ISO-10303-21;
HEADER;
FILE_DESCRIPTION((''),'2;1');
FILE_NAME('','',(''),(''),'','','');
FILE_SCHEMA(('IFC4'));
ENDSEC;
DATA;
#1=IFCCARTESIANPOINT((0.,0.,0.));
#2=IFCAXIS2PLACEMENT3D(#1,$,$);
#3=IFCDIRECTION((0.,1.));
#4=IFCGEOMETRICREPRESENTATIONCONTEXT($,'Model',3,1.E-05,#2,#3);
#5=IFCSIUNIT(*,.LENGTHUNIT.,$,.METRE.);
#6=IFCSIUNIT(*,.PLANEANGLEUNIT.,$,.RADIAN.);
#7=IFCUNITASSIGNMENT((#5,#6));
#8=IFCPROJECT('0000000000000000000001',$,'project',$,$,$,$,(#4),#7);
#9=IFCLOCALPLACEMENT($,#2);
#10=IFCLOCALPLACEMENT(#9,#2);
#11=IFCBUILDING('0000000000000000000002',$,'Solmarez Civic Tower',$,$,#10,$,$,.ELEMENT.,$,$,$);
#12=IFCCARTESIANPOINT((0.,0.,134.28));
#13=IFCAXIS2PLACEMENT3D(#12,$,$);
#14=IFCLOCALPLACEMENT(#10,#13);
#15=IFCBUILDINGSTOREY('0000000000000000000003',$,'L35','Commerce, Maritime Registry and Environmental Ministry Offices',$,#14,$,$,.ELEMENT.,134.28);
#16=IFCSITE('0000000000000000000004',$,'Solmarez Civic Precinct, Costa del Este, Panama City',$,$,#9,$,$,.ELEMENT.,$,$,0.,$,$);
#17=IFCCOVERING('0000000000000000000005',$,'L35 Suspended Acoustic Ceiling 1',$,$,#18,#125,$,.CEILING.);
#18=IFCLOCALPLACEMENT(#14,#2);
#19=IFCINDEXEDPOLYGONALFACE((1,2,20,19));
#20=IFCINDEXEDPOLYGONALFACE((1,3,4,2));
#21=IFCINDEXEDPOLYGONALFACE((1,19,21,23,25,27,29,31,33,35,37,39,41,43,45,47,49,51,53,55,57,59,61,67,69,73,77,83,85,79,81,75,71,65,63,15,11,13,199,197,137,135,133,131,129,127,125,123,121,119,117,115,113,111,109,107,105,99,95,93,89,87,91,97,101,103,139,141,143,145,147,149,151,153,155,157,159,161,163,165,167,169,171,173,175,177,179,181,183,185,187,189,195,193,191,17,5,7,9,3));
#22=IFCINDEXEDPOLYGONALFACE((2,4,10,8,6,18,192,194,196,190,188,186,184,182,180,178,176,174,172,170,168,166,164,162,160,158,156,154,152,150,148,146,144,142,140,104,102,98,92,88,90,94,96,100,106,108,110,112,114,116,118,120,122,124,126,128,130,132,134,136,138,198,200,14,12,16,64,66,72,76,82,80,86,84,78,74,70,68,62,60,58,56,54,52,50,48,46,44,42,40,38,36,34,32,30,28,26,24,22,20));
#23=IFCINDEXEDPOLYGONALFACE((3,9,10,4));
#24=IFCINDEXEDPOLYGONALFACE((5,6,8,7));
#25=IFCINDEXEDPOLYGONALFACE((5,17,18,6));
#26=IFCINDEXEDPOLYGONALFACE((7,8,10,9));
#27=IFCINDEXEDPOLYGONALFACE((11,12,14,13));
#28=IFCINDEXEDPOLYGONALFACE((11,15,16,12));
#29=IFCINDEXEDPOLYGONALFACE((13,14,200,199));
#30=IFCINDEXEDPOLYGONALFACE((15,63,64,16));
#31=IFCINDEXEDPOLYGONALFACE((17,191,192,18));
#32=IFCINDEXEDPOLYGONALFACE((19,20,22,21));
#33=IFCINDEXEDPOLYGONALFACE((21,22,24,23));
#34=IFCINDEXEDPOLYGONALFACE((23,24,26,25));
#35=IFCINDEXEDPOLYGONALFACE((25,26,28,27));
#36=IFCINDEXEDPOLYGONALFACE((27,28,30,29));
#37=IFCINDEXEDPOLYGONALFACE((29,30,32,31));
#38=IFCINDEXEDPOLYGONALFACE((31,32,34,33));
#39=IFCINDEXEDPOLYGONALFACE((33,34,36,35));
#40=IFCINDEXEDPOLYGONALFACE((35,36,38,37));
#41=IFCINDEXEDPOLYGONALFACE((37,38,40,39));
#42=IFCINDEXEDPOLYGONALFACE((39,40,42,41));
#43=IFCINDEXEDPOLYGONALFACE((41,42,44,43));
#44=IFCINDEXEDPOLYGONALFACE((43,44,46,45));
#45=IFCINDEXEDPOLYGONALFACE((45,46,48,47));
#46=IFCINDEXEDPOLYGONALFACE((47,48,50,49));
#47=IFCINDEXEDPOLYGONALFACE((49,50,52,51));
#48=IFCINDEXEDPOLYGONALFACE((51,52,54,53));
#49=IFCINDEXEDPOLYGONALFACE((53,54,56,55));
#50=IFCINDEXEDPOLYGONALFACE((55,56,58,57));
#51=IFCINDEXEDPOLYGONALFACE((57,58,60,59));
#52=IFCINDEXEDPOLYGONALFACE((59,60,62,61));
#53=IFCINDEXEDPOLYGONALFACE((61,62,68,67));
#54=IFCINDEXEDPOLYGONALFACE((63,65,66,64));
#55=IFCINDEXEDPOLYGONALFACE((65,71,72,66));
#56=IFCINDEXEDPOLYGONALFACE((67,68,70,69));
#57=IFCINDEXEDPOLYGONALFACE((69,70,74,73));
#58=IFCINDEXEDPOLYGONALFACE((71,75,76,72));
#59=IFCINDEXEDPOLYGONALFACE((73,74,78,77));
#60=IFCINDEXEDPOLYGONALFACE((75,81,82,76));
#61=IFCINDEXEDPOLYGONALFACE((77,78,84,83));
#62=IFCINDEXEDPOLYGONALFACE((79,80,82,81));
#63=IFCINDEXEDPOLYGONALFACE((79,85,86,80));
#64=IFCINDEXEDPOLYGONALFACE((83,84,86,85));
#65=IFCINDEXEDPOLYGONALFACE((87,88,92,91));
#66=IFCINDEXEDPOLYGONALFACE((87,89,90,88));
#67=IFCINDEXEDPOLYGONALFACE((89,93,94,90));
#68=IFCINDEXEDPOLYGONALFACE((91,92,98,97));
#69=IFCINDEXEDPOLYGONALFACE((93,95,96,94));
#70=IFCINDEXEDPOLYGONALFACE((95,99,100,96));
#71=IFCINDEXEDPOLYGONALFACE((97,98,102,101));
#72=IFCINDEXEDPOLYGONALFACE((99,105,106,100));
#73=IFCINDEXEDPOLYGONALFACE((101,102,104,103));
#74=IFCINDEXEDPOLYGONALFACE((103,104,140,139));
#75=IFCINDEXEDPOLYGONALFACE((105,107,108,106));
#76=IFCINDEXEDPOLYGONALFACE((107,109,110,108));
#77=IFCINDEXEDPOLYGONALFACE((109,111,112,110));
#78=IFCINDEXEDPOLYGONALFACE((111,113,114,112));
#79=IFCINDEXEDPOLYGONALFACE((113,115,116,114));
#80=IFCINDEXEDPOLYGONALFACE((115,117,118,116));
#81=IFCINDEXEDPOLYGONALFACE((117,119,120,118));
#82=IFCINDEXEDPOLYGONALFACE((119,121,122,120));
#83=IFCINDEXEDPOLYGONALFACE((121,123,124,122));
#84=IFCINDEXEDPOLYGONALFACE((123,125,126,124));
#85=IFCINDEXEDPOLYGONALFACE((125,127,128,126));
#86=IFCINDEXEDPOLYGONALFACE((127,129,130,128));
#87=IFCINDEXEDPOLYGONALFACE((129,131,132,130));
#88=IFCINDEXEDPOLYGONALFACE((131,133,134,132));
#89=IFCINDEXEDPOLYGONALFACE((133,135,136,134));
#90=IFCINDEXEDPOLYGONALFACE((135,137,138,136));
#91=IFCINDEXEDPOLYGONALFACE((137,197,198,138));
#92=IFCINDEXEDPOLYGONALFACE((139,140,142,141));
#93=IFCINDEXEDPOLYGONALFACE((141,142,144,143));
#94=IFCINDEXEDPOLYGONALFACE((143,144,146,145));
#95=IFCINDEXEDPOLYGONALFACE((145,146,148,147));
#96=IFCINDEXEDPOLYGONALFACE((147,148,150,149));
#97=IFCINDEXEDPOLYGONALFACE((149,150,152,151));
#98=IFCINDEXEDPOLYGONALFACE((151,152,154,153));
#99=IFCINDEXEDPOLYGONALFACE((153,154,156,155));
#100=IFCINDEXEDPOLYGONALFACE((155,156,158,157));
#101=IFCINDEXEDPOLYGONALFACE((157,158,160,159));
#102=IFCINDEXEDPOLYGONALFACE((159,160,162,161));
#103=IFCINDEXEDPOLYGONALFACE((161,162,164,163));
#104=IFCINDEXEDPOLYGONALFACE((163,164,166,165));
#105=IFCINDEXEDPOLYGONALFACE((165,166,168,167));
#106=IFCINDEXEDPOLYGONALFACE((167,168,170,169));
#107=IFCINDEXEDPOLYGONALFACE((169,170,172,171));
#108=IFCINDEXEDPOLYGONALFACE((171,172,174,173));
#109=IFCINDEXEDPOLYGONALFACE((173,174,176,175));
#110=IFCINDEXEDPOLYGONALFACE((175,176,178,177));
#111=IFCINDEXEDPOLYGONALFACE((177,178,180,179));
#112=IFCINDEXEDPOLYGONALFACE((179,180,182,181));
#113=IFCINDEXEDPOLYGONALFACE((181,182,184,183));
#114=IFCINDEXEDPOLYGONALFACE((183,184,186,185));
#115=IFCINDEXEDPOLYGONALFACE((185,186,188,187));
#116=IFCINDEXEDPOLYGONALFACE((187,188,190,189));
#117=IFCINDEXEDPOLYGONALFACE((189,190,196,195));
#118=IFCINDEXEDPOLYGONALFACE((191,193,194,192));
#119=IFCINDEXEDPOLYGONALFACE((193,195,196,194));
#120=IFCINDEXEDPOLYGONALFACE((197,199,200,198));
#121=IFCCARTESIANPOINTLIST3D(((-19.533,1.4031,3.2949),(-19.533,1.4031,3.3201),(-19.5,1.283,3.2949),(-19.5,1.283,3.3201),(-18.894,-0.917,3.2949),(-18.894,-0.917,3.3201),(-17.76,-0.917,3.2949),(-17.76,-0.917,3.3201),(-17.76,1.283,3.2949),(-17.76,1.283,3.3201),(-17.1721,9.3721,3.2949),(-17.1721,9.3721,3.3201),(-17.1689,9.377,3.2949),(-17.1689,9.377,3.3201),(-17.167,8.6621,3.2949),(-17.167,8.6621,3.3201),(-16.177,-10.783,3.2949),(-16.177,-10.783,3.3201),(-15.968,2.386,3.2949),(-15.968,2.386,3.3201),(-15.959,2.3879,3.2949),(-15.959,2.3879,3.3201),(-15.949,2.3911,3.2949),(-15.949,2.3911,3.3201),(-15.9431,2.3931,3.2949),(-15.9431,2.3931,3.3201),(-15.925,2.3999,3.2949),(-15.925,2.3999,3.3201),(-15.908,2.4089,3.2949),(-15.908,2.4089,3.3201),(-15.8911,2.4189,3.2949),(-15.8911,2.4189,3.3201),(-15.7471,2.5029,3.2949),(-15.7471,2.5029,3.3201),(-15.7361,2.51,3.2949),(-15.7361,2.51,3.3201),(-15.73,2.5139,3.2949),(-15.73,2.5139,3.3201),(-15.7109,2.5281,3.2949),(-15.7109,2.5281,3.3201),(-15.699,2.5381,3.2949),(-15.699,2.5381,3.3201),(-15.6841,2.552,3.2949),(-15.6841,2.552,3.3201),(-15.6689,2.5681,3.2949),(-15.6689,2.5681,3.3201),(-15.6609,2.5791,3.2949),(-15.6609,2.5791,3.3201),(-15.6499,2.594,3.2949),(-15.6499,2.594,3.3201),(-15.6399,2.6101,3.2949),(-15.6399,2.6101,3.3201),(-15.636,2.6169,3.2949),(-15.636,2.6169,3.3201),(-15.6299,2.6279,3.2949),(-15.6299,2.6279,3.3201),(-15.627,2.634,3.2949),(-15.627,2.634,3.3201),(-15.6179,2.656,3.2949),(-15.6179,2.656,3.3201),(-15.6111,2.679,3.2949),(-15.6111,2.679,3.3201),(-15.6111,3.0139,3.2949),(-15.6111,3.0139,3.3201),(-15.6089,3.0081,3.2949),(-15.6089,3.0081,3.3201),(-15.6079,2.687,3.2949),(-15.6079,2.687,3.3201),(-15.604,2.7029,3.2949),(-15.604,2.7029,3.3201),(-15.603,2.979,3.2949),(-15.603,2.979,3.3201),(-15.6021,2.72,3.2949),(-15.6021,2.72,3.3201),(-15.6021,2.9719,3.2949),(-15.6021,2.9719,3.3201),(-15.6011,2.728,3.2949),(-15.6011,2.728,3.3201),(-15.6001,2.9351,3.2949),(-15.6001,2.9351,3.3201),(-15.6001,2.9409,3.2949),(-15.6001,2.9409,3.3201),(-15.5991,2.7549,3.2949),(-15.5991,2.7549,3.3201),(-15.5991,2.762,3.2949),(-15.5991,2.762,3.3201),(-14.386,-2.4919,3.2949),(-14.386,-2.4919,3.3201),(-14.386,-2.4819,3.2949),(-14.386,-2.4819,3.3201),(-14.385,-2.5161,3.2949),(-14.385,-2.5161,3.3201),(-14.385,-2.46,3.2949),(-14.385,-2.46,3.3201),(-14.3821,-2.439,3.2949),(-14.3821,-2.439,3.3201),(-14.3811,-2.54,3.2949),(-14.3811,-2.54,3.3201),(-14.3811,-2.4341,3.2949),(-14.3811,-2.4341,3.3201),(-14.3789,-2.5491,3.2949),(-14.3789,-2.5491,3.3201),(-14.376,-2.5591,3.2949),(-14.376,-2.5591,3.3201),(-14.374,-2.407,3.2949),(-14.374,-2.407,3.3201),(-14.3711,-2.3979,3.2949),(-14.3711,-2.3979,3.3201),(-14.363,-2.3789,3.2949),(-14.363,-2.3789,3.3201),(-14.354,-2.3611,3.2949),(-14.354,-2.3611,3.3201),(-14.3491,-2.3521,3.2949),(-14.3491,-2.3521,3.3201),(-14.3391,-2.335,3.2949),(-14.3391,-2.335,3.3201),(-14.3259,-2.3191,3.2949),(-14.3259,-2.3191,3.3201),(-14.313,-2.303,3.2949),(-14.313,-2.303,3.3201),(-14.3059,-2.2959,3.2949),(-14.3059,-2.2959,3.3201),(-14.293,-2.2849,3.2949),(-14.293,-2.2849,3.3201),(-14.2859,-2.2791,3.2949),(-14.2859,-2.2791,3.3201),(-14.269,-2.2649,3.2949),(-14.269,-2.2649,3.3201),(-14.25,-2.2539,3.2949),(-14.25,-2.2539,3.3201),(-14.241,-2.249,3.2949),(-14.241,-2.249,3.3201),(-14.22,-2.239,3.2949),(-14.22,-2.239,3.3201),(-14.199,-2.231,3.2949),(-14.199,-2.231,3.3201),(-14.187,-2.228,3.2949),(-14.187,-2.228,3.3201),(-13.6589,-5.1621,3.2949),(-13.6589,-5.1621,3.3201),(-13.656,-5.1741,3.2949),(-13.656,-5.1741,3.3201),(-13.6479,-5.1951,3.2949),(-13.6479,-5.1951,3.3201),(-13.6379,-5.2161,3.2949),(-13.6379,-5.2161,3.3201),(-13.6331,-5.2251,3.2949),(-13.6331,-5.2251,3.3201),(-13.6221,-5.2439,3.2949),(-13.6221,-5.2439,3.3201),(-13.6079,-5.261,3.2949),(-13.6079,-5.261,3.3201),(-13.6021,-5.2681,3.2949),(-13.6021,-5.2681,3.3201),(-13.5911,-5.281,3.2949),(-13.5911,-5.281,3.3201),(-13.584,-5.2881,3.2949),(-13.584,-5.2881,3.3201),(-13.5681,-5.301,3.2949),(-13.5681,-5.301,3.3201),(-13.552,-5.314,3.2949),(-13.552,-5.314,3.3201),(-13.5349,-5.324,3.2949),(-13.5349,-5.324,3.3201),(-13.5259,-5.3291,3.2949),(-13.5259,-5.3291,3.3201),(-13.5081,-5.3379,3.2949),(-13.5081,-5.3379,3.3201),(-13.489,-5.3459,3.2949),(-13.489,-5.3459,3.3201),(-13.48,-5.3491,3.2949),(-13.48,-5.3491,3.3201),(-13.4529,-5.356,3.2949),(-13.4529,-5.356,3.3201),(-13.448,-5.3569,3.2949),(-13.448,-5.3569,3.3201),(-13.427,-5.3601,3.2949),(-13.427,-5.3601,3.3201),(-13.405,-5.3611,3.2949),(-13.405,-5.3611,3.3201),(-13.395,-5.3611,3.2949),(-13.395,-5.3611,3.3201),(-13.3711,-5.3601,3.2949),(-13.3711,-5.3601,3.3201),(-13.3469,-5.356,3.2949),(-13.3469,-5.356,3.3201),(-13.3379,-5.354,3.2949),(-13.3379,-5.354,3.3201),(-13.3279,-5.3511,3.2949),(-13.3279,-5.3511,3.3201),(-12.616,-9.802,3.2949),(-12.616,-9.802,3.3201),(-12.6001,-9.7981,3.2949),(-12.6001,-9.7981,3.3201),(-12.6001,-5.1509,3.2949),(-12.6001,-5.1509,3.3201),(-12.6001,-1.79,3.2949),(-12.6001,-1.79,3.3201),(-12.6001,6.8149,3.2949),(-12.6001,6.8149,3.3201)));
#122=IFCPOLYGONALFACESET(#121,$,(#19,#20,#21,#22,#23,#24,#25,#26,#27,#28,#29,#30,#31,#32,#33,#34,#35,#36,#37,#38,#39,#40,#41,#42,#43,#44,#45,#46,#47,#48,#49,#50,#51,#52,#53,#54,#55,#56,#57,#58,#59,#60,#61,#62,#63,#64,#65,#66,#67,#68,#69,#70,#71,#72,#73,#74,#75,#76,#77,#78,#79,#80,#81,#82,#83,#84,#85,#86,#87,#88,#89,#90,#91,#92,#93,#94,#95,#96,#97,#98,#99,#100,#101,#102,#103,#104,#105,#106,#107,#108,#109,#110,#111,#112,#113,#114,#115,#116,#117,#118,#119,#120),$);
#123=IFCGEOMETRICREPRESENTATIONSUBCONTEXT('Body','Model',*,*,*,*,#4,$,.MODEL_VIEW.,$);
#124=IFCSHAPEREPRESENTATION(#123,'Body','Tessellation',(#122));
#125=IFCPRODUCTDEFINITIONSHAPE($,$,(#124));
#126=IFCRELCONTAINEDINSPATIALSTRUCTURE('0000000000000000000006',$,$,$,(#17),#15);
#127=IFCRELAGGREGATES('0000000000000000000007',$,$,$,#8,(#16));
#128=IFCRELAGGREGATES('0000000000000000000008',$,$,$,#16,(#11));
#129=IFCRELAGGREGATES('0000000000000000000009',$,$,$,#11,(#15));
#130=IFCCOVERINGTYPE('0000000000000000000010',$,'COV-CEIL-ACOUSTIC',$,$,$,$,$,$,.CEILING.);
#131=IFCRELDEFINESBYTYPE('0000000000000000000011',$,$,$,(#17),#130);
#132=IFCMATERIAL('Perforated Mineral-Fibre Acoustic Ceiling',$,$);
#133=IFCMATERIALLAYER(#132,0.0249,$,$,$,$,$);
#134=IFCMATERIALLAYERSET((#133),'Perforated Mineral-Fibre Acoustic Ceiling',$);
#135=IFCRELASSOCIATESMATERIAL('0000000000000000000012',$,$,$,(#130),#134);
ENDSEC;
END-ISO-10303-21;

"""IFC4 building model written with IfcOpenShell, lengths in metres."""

from ifc_helpers import new_model, si_unit, direction, frame, origin, place, context, subcontext, project, spatial, polyline, outline, extrude, material, layer, layer_set, type_object, element, save


model = new_model("IFC4")

# Units and contexts
model_context = context("Model", 3, precision=1e-05, world=origin(), true_north=direction((0.0, 1.0)))
body_context = subcontext(model_context, "Body", "Model", "MODEL_VIEW")
ifc_project = project(units=[si_unit("LENGTHUNIT", "METRE"), si_unit("PLANEANGLEUNIT", "RADIAN")], contexts=[model_context])

# Site, building, storey
site_placement = place(None, origin())
site = spatial("IfcSite", under=ifc_project, at=site_placement, Name="Solmarez Civic Precinct, Costa del Este, Panama City", CompositionType="ELEMENT", RefElevation=0.0)
building_placement = place(site_placement, origin())
building = spatial("IfcBuilding", under=site, at=building_placement, Name="Solmarez Civic Tower", CompositionType="ELEMENT")
storey_placement = place(building_placement, frame((0.0, 0.0, 134.28)))
storey = spatial("IfcBuildingStorey", under=building, at=storey_placement, Name="L35", Description="Commerce, Maritime Registry and Environmental Ministry Offices", CompositionType="ELEMENT", Elevation=134.28)

# Covering
ifc_material_1 = material(Name="Perforated Mineral-Fibre Acoustic Ceiling")
ifc_layer_1 = layer(ifc_material_1, 0.0249)
ifc_layer_set_1 = layer_set([ifc_layer_1], Name="Perforated Mineral-Fibre Acoustic Ceiling")
covering_type_1 = type_object("IfcCoveringType", Name="COV-CEIL-ACOUSTIC", PredefinedType="CEILING", material=ifc_layer_set_1)
covering_1_placement = place(storey_placement, frame((0.0, 0.0, 3.2949)))
element("IfcCovering", 1, at=covering_1_placement, inside=storey, type_object=covering_type_1, Name="L35 Suspended Acoustic Ceiling 1", PredefinedType="CEILING", context=body_context, shape_type="SweptSolid", body=[
    extrude(outline(polyline([(-16.177, -10.783), (-12.616, -9.802), (-12.6001, -9.7981), (-12.6001, -5.1509), (-13.3279, -5.3511), (-13.3379, -5.354), (-13.3469, -5.356), (-13.3711, -5.3601), (-13.395, -5.3611), (-13.405, -5.3611), (-13.427, -5.3601), (-13.448, -5.3569), (-13.4529, -5.356), (-13.48, -5.3491), (-13.489, -5.3459), (-13.5081, -5.3379), (-13.5259, -5.3291), (-13.5349, -5.324), (-13.552, -5.314), (-13.5681, -5.301), (-13.584, -5.2881), (-13.5911, -5.281), (-13.6021, -5.2681), (-13.6079, -5.261), (-13.6221, -5.2439), (-13.6331, -5.2251), (-13.6379, -5.2161), (-13.6479, -5.1951), (-13.656, -5.1741), (-13.6589, -5.1621), (-14.376, -2.5591), (-14.3789, -2.5491), (-14.3811, -2.54), (-14.385, -2.5161), (-14.386, -2.4919), (-14.386, -2.4819), (-14.385, -2.46), (-14.3821, -2.439), (-14.3811, -2.4341), (-14.374, -2.407), (-14.3711, -2.3979), (-14.363, -2.3789), (-14.354, -2.3611), (-14.3491, -2.3521), (-14.3391, -2.335), (-14.3259, -2.3191), (-14.313, -2.303), (-14.3059, -2.2959), (-14.293, -2.2849), (-14.2859, -2.2791), (-14.269, -2.2649), (-14.25, -2.2539), (-14.241, -2.249), (-14.22, -2.239), (-14.199, -2.231), (-14.187, -2.228), (-12.6001, -1.79), (-12.6001, 6.8149), (-17.1689, 9.377), (-17.1721, 9.3721), (-17.167, 8.6621), (-15.6111, 3.0139), (-15.6089, 3.0081), (-15.603, 2.979), (-15.6021, 2.9719), (-15.6001, 2.9409), (-15.6001, 2.9351), (-15.5991, 2.762), (-15.5991, 2.7549), (-15.6011, 2.728), (-15.6021, 2.72), (-15.604, 2.7029), (-15.6079, 2.687), (-15.6111, 2.679), (-15.6179, 2.656), (-15.627, 2.634), (-15.6299, 2.6279), (-15.636, 2.6169), (-15.6399, 2.6101), (-15.6499, 2.594), (-15.6609, 2.5791), (-15.6689, 2.5681), (-15.6841, 2.552), (-15.699, 2.5381), (-15.7109, 2.5281), (-15.73, 2.5139), (-15.7361, 2.51), (-15.7471, 2.5029), (-15.8911, 2.4189), (-15.908, 2.4089), (-15.925, 2.3999), (-15.9431, 2.3931), (-15.949, 2.3911), (-15.959, 2.3879), (-15.968, 2.386), (-19.533, 1.4031), (-19.5, 1.283), (-17.76, 1.283), (-17.76, -0.917), (-18.894, -0.917), (-16.177, -10.783)])), origin(), (0.0, 0.0, 1.0), 0.0251),
])

save(model, "model.ifc")
